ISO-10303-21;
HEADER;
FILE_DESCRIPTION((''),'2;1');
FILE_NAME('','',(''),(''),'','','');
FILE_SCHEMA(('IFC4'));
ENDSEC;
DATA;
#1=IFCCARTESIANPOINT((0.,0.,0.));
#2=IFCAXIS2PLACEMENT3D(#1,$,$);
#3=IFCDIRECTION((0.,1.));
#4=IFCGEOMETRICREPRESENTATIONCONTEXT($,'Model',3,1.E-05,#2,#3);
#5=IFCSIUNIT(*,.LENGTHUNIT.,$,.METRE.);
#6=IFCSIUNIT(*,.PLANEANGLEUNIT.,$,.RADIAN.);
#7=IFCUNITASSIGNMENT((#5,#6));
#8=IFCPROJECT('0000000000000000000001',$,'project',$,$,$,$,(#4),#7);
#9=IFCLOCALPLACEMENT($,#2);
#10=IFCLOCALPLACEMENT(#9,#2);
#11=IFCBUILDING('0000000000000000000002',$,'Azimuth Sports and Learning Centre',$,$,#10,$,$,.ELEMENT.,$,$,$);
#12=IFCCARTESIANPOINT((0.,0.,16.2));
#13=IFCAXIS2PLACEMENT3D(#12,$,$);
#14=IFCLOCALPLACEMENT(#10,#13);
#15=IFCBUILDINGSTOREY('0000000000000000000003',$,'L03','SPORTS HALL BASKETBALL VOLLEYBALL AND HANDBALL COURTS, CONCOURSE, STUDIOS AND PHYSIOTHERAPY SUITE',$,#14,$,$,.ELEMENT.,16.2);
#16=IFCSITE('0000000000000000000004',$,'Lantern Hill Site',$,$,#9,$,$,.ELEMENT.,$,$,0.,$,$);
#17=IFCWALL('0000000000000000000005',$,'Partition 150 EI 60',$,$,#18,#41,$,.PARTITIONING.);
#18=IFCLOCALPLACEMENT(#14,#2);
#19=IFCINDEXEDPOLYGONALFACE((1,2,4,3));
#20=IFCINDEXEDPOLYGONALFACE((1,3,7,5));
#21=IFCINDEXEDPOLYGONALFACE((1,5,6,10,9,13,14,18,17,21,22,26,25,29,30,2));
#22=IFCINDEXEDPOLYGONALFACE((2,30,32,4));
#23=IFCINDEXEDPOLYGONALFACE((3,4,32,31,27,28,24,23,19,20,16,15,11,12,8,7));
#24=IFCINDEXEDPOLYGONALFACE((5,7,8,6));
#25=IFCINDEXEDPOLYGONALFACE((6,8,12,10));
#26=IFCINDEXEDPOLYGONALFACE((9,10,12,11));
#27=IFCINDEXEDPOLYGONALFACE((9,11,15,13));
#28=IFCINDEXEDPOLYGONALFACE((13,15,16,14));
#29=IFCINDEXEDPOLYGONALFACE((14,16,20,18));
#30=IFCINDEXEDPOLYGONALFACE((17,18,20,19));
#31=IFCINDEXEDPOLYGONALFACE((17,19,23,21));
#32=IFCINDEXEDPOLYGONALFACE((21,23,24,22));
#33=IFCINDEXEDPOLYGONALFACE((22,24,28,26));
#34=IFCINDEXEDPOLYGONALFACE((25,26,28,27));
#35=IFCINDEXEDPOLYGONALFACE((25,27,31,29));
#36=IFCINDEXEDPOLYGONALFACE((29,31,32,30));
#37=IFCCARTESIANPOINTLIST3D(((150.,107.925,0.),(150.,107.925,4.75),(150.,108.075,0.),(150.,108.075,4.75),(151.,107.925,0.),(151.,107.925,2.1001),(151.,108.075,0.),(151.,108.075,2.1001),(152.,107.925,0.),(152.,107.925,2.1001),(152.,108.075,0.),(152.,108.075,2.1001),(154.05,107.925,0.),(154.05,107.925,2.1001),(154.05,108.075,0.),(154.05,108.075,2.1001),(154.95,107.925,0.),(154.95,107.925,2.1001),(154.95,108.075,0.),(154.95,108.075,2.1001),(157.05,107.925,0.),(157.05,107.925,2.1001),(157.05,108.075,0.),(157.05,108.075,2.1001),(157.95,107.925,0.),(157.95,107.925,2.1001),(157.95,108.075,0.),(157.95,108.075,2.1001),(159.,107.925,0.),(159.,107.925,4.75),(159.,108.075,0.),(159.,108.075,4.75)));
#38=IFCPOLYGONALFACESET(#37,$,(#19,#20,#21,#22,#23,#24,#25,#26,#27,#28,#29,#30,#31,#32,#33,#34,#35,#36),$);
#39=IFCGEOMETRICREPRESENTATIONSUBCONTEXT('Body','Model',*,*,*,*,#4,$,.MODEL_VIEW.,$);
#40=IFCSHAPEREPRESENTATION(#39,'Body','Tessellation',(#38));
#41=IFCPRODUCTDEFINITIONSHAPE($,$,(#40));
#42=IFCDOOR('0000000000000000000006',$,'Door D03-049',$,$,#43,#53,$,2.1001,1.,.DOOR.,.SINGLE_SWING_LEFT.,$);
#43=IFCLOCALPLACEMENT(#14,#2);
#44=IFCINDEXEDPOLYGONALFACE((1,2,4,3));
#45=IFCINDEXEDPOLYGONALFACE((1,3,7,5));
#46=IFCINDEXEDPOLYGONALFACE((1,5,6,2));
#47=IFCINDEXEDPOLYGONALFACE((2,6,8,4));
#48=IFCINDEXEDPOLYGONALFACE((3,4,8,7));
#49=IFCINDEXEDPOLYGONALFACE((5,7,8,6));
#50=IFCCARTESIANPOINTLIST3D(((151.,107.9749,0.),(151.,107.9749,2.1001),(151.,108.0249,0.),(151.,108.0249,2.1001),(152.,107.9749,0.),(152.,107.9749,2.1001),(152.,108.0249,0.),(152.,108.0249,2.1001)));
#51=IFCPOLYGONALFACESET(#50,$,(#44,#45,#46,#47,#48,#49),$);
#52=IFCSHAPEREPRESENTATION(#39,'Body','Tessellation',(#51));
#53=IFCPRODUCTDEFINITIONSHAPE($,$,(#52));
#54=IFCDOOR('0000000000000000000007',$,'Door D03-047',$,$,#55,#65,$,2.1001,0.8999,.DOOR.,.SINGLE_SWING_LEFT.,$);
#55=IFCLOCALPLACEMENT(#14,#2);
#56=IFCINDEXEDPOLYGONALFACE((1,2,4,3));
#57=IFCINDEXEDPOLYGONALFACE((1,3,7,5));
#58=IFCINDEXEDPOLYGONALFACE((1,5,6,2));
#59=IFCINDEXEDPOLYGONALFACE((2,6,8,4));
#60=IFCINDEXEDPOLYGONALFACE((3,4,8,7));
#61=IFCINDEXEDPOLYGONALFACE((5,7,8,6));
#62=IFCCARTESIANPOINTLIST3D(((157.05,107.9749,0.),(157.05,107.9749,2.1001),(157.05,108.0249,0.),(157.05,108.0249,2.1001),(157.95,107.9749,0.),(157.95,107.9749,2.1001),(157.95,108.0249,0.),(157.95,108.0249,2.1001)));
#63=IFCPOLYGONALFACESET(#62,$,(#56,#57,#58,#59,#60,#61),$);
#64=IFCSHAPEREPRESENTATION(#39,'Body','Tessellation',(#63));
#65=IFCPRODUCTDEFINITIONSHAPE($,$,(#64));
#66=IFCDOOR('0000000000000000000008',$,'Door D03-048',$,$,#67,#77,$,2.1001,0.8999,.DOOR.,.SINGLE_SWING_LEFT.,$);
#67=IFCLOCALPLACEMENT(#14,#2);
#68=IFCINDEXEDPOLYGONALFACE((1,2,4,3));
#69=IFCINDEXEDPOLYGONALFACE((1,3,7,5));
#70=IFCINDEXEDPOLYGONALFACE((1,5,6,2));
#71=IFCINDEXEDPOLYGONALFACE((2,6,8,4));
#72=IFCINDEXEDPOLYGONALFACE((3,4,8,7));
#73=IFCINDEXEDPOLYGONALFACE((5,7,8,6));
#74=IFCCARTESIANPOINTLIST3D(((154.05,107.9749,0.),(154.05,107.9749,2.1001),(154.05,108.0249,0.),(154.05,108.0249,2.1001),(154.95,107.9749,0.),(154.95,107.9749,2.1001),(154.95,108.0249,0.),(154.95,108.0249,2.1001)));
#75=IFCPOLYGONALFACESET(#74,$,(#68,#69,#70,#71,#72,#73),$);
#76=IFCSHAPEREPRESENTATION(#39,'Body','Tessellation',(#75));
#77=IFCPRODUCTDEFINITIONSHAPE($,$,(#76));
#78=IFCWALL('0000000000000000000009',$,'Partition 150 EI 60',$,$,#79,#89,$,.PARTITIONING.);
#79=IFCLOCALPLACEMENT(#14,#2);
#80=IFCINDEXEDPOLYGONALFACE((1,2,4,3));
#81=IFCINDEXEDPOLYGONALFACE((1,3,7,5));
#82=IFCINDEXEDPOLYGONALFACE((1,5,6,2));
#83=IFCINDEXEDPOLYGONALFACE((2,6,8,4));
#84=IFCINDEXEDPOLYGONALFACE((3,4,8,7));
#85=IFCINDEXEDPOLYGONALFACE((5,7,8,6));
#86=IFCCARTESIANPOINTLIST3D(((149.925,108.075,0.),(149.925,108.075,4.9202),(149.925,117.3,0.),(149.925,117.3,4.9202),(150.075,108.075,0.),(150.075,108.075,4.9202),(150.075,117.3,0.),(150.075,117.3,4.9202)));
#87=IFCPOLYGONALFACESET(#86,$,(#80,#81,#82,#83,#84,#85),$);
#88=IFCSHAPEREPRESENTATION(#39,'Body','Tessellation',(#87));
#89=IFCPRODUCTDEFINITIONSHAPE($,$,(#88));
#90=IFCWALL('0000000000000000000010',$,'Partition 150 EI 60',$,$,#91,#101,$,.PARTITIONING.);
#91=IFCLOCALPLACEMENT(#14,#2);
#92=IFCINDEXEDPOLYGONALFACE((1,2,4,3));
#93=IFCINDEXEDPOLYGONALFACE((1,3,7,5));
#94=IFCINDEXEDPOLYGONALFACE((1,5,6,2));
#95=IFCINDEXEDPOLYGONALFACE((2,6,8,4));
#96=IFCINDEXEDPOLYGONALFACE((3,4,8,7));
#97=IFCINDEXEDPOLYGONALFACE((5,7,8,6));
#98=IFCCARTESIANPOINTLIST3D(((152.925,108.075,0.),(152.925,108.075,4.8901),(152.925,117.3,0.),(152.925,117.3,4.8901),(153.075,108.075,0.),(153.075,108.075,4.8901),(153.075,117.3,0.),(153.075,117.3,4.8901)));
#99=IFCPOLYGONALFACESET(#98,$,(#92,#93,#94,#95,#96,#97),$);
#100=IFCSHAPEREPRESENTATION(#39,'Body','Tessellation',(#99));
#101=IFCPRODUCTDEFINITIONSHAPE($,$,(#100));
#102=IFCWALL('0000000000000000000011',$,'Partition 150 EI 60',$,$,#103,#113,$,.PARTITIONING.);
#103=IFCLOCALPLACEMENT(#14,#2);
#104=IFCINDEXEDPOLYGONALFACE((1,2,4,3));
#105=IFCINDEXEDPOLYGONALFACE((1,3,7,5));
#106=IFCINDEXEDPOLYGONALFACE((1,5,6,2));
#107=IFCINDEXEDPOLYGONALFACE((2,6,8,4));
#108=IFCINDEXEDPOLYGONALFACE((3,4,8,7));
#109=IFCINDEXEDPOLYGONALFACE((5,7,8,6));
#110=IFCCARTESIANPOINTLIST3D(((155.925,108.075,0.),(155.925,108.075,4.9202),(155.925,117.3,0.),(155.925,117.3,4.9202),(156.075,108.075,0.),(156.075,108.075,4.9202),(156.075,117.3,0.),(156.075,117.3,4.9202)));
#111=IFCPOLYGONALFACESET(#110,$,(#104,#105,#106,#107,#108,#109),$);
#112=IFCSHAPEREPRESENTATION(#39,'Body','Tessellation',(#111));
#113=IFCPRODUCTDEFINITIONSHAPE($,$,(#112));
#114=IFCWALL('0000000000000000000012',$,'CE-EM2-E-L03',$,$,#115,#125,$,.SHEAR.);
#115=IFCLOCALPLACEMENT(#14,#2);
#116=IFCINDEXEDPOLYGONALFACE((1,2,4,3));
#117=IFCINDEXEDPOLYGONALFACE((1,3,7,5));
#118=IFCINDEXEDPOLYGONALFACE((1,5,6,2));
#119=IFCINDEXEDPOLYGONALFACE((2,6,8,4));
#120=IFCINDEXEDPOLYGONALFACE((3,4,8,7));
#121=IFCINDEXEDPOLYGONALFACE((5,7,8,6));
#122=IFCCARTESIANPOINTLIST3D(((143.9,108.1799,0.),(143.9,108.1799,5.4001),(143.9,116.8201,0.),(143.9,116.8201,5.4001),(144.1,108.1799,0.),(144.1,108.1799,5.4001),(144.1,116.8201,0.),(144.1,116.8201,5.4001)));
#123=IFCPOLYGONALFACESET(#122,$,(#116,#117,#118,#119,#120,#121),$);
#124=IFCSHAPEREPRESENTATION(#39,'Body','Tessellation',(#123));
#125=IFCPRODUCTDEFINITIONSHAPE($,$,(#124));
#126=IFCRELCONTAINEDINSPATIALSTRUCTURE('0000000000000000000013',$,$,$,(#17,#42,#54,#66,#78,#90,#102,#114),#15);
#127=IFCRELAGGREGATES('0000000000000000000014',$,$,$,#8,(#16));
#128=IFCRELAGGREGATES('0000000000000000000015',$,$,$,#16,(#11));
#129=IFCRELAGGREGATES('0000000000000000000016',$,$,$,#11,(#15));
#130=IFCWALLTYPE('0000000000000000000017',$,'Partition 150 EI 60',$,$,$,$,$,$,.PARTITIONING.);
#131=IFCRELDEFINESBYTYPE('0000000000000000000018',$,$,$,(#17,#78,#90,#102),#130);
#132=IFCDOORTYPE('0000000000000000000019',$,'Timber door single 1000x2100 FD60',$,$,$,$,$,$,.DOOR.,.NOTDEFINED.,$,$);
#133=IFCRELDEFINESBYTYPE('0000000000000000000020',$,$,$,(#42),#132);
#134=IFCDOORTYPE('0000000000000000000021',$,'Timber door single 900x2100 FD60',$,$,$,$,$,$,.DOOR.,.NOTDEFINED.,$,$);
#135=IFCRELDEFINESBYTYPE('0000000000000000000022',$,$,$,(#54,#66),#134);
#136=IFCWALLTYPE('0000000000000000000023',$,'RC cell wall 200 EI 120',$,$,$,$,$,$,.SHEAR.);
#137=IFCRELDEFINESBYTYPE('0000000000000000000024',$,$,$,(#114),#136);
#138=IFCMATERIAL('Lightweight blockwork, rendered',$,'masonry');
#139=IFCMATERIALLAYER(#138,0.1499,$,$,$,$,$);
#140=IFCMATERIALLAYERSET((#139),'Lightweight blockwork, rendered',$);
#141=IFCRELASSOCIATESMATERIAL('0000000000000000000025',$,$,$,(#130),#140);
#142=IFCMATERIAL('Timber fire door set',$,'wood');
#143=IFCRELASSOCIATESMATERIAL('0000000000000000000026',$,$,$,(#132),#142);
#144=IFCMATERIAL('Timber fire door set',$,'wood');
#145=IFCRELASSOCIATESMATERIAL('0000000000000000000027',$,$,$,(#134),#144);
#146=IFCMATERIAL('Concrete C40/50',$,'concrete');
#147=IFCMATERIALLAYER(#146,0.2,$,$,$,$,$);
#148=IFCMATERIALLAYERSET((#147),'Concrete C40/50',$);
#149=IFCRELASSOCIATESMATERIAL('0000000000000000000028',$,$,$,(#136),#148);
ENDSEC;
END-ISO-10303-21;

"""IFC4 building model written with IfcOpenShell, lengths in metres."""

from ifc_helpers import new_model, si_unit, direction, frame, frame_2d, origin, place, context, subcontext, project, spatial, rectangle, extrude, material, layer, layer_set, type_object, element, fill, save


model = new_model("IFC4")

# Units and contexts
model_context = context("Model", 3, precision=1e-05, world=origin(), true_north=direction((0.0, 1.0)))
body_context = subcontext(model_context, "Body", "Model", "MODEL_VIEW")
ifc_project = project(units=[si_unit("LENGTHUNIT", "METRE"), si_unit("PLANEANGLEUNIT", "RADIAN")], contexts=[model_context])

# Site, building, storey
site_placement = place(None, origin())
site = spatial("IfcSite", under=ifc_project, at=site_placement, Name="Lantern Hill Site", CompositionType="ELEMENT", RefElevation=0.0)
building_placement = place(site_placement, origin())
building = spatial("IfcBuilding", under=site, at=building_placement, Name="Azimuth Sports and Learning Centre", CompositionType="ELEMENT")
storey_placement = place(building_placement, frame((0.0, 0.0, 16.2)))
storey = spatial("IfcBuildingStorey", under=building, at=storey_placement, Name="L03", Description="SPORTS HALL BASKETBALL VOLLEYBALL AND HANDBALL COURTS, CONCOURSE, STUDIOS AND PHYSIOTHERAPY SUITE", CompositionType="ELEMENT", Elevation=16.2)

# Wall, openings, doors
ifc_material_1 = material(Name="Lightweight blockwork, rendered", Category="masonry")
ifc_layer_1 = layer(ifc_material_1, 0.1499)
ifc_layer_set_1 = layer_set([ifc_layer_1], Name="Lightweight blockwork, rendered")
wall_type_1 = type_object("IfcWallType", Name="Partition 150 EI 60", PredefinedType="PARTITIONING", material=ifc_layer_set_1)
wall_1_placement = place(storey_placement, frame((150.0, 108.0, 0.0), z_axis=(0.0, 0.0, 1.0), x_axis=(1.0, 0.0, 0.0)))
wall_1 = element("IfcWall", 1, at=wall_1_placement, inside=storey, type_object=wall_type_1, Name="Partition 150 EI 60", PredefinedType="PARTITIONING", context=body_context, shape_type="SweptSolid", body=[
    extrude(rectangle(XDim=9.0, YDim=0.1499, at=frame_2d((4.5, 0.0))), origin(), (0.0, 0.0, 1.0), 4.75),
])
opening_1_placement = place(wall_1_placement, frame((7.05, 0.0, 0.0)))
opening_1 = element("IfcOpeningElement", 2, at=opening_1_placement, cuts=wall_1, PredefinedType="OPENING", context=body_context, shape_type="SweptSolid", body=[
    extrude(rectangle(XDim=0.8999, YDim=2.1001, at=frame_2d((0.45, 1.05))), frame((0.0, 0.0859, 0.0), z_axis=(0.0, -1.0, 0.0), x_axis=(1.0, 0.0, 0.0)), (0.0, 0.0, 1.0), 0.1719),
])
opening_2_placement = place(wall_1_placement, frame((4.05, 0.0, 0.0)))
opening_2 = element("IfcOpeningElement", 3, at=opening_2_placement, cuts=wall_1, PredefinedType="OPENING", context=body_context, shape_type="SweptSolid", body=[
    extrude(rectangle(XDim=0.8999, YDim=2.1001, at=frame_2d((0.45, 1.05))), frame((0.0, 0.0859, 0.0), z_axis=(0.0, -1.0, 0.0), x_axis=(1.0, 0.0, 0.0)), (0.0, 0.0, 1.0), 0.1719),
])
opening_3_placement = place(wall_1_placement, frame((1.0, 0.0, 0.0)))
opening_3 = element("IfcOpeningElement", 4, at=opening_3_placement, cuts=wall_1, PredefinedType="OPENING", context=body_context, shape_type="SweptSolid", body=[
    extrude(rectangle(XDim=1.0, YDim=2.1001, at=frame_2d((0.5, 1.05))), frame((0.0, 0.0859, 0.0), z_axis=(0.0, -1.0, 0.0), x_axis=(1.0, 0.0, 0.0)), (0.0, 0.0, 1.0), 0.1719),
])
ifc_material_2 = material(Name="Timber fire door set", Category="wood")
door_type_1 = type_object("IfcDoorType", Name="Timber door single 1000x2100 FD60", OperationType="NOTDEFINED", PredefinedType="DOOR", material=ifc_material_2)
door_1_placement = place(opening_3_placement, origin())
door_1 = element("IfcDoor", 5, at=door_1_placement, inside=storey, type_object=door_type_1, Name="Door D03-049", OperationType="SINGLE_SWING_LEFT", OverallHeight=2.1001, OverallWidth=1.0, PredefinedType="DOOR", context=body_context, shape_type="SweptSolid", body=[
    extrude(rectangle(XDim=1.0, YDim=2.1001, at=frame_2d((0.5, 1.05))), frame((0.0, 0.0249, 0.0), z_axis=(0.0, -1.0, 0.0), x_axis=(1.0, 0.0, 0.0)), (0.0, 0.0, 1.0), 0.05),
])
fill(opening_3, door_1)
ifc_material_3 = material(Name="Timber fire door set", Category="wood")
door_type_2 = type_object("IfcDoorType", Name="Timber door single 900x2100 FD60", OperationType="NOTDEFINED", PredefinedType="DOOR", material=ifc_material_3)
door_2_placement = place(opening_1_placement, origin())
door_2 = element("IfcDoor", 6, at=door_2_placement, inside=storey, type_object=door_type_2, Name="Door D03-047", OperationType="SINGLE_SWING_LEFT", OverallHeight=2.1001, OverallWidth=0.8999, PredefinedType="DOOR", context=body_context, shape_type="SweptSolid", body=[
    extrude(rectangle(XDim=0.8999, YDim=2.1001, at=frame_2d((0.45, 1.05))), frame((0.0, 0.0249, 0.0), z_axis=(0.0, -1.0, 0.0), x_axis=(1.0, 0.0, 0.0)), (0.0, 0.0, 1.0), 0.05),
])
fill(opening_1, door_2)
door_3_placement = place(opening_2_placement, origin())
door_3 = element("IfcDoor", 7, at=door_3_placement, inside=storey, type_object=door_type_2, Name="Door D03-048", OperationType="SINGLE_SWING_LEFT", OverallHeight=2.1001, OverallWidth=0.8999, PredefinedType="DOOR", context=body_context, shape_type="SweptSolid", body=[
    extrude(rectangle(XDim=0.8999, YDim=2.1001, at=frame_2d((0.45, 1.05))), frame((0.0, 0.0249, 0.0), z_axis=(0.0, -1.0, 0.0), x_axis=(1.0, 0.0, 0.0)), (0.0, 0.0, 1.0), 0.05),
])
fill(opening_2, door_3)

# Walls
wall_2_placement = place(storey_placement, frame((150.0, 108.075, 0.0), z_axis=(0.0, 0.0, 1.0), x_axis=(0.0, 1.0, 0.0)))
element("IfcWall", 8, at=wall_2_placement, inside=storey, type_object=wall_type_1, Name="Partition 150 EI 60", PredefinedType="PARTITIONING", context=body_context, shape_type="SweptSolid", body=[
    extrude(rectangle(XDim=9.2251, YDim=0.1499, at=frame_2d((4.6125, 0.0))), origin(), (0.0, 0.0, 1.0), 4.9202),
])
wall_3_placement = place(storey_placement, frame((153.0, 108.075, 0.0), z_axis=(0.0, 0.0, 1.0), x_axis=(0.0, 1.0, 0.0)))
element("IfcWall", 9, at=wall_3_placement, inside=storey, type_object=wall_type_1, Name="Partition 150 EI 60", PredefinedType="PARTITIONING", context=body_context, shape_type="SweptSolid", body=[
    extrude(rectangle(XDim=9.2251, YDim=0.1499, at=frame_2d((4.6125, 0.0))), origin(), (0.0, 0.0, 1.0), 4.8901),
])
wall_4_placement = place(storey_placement, frame((156.0, 108.075, 0.0), z_axis=(0.0, 0.0, 1.0), x_axis=(0.0, 1.0, 0.0)))
element("IfcWall", 10, at=wall_4_placement, inside=storey, type_object=wall_type_1, Name="Partition 150 EI 60", PredefinedType="PARTITIONING", context=body_context, shape_type="SweptSolid", body=[
    extrude(rectangle(XDim=9.2251, YDim=0.1499, at=frame_2d((4.6125, 0.0))), origin(), (0.0, 0.0, 1.0), 4.9202),
])
ifc_material_4 = material(Name="Concrete C40/50", Category="concrete")
ifc_layer_2 = layer(ifc_material_4, 0.2)
ifc_layer_set_2 = layer_set([ifc_layer_2], Name="Concrete C40/50")
wall_type_2 = type_object("IfcWallType", Name="RC cell wall 200 EI 120", PredefinedType="SHEAR", material=ifc_layer_set_2)
wall_5_placement = place(storey_placement, frame((144.0, 108.1799, 0.0), z_axis=(0.0, 0.0, 1.0), x_axis=(0.0, 1.0, 0.0)))
element("IfcWall", 11, at=wall_5_placement, inside=storey, type_object=wall_type_2, Name="CE-EM2-E-L03", PredefinedType="SHEAR", context=body_context, shape_type="SweptSolid", body=[
    extrude(rectangle(XDim=8.6401, YDim=0.2, at=frame_2d((4.3201, 0.0))), origin(), (0.0, 0.0, 1.0), 5.4001),
])

save(model, "model.ifc")
